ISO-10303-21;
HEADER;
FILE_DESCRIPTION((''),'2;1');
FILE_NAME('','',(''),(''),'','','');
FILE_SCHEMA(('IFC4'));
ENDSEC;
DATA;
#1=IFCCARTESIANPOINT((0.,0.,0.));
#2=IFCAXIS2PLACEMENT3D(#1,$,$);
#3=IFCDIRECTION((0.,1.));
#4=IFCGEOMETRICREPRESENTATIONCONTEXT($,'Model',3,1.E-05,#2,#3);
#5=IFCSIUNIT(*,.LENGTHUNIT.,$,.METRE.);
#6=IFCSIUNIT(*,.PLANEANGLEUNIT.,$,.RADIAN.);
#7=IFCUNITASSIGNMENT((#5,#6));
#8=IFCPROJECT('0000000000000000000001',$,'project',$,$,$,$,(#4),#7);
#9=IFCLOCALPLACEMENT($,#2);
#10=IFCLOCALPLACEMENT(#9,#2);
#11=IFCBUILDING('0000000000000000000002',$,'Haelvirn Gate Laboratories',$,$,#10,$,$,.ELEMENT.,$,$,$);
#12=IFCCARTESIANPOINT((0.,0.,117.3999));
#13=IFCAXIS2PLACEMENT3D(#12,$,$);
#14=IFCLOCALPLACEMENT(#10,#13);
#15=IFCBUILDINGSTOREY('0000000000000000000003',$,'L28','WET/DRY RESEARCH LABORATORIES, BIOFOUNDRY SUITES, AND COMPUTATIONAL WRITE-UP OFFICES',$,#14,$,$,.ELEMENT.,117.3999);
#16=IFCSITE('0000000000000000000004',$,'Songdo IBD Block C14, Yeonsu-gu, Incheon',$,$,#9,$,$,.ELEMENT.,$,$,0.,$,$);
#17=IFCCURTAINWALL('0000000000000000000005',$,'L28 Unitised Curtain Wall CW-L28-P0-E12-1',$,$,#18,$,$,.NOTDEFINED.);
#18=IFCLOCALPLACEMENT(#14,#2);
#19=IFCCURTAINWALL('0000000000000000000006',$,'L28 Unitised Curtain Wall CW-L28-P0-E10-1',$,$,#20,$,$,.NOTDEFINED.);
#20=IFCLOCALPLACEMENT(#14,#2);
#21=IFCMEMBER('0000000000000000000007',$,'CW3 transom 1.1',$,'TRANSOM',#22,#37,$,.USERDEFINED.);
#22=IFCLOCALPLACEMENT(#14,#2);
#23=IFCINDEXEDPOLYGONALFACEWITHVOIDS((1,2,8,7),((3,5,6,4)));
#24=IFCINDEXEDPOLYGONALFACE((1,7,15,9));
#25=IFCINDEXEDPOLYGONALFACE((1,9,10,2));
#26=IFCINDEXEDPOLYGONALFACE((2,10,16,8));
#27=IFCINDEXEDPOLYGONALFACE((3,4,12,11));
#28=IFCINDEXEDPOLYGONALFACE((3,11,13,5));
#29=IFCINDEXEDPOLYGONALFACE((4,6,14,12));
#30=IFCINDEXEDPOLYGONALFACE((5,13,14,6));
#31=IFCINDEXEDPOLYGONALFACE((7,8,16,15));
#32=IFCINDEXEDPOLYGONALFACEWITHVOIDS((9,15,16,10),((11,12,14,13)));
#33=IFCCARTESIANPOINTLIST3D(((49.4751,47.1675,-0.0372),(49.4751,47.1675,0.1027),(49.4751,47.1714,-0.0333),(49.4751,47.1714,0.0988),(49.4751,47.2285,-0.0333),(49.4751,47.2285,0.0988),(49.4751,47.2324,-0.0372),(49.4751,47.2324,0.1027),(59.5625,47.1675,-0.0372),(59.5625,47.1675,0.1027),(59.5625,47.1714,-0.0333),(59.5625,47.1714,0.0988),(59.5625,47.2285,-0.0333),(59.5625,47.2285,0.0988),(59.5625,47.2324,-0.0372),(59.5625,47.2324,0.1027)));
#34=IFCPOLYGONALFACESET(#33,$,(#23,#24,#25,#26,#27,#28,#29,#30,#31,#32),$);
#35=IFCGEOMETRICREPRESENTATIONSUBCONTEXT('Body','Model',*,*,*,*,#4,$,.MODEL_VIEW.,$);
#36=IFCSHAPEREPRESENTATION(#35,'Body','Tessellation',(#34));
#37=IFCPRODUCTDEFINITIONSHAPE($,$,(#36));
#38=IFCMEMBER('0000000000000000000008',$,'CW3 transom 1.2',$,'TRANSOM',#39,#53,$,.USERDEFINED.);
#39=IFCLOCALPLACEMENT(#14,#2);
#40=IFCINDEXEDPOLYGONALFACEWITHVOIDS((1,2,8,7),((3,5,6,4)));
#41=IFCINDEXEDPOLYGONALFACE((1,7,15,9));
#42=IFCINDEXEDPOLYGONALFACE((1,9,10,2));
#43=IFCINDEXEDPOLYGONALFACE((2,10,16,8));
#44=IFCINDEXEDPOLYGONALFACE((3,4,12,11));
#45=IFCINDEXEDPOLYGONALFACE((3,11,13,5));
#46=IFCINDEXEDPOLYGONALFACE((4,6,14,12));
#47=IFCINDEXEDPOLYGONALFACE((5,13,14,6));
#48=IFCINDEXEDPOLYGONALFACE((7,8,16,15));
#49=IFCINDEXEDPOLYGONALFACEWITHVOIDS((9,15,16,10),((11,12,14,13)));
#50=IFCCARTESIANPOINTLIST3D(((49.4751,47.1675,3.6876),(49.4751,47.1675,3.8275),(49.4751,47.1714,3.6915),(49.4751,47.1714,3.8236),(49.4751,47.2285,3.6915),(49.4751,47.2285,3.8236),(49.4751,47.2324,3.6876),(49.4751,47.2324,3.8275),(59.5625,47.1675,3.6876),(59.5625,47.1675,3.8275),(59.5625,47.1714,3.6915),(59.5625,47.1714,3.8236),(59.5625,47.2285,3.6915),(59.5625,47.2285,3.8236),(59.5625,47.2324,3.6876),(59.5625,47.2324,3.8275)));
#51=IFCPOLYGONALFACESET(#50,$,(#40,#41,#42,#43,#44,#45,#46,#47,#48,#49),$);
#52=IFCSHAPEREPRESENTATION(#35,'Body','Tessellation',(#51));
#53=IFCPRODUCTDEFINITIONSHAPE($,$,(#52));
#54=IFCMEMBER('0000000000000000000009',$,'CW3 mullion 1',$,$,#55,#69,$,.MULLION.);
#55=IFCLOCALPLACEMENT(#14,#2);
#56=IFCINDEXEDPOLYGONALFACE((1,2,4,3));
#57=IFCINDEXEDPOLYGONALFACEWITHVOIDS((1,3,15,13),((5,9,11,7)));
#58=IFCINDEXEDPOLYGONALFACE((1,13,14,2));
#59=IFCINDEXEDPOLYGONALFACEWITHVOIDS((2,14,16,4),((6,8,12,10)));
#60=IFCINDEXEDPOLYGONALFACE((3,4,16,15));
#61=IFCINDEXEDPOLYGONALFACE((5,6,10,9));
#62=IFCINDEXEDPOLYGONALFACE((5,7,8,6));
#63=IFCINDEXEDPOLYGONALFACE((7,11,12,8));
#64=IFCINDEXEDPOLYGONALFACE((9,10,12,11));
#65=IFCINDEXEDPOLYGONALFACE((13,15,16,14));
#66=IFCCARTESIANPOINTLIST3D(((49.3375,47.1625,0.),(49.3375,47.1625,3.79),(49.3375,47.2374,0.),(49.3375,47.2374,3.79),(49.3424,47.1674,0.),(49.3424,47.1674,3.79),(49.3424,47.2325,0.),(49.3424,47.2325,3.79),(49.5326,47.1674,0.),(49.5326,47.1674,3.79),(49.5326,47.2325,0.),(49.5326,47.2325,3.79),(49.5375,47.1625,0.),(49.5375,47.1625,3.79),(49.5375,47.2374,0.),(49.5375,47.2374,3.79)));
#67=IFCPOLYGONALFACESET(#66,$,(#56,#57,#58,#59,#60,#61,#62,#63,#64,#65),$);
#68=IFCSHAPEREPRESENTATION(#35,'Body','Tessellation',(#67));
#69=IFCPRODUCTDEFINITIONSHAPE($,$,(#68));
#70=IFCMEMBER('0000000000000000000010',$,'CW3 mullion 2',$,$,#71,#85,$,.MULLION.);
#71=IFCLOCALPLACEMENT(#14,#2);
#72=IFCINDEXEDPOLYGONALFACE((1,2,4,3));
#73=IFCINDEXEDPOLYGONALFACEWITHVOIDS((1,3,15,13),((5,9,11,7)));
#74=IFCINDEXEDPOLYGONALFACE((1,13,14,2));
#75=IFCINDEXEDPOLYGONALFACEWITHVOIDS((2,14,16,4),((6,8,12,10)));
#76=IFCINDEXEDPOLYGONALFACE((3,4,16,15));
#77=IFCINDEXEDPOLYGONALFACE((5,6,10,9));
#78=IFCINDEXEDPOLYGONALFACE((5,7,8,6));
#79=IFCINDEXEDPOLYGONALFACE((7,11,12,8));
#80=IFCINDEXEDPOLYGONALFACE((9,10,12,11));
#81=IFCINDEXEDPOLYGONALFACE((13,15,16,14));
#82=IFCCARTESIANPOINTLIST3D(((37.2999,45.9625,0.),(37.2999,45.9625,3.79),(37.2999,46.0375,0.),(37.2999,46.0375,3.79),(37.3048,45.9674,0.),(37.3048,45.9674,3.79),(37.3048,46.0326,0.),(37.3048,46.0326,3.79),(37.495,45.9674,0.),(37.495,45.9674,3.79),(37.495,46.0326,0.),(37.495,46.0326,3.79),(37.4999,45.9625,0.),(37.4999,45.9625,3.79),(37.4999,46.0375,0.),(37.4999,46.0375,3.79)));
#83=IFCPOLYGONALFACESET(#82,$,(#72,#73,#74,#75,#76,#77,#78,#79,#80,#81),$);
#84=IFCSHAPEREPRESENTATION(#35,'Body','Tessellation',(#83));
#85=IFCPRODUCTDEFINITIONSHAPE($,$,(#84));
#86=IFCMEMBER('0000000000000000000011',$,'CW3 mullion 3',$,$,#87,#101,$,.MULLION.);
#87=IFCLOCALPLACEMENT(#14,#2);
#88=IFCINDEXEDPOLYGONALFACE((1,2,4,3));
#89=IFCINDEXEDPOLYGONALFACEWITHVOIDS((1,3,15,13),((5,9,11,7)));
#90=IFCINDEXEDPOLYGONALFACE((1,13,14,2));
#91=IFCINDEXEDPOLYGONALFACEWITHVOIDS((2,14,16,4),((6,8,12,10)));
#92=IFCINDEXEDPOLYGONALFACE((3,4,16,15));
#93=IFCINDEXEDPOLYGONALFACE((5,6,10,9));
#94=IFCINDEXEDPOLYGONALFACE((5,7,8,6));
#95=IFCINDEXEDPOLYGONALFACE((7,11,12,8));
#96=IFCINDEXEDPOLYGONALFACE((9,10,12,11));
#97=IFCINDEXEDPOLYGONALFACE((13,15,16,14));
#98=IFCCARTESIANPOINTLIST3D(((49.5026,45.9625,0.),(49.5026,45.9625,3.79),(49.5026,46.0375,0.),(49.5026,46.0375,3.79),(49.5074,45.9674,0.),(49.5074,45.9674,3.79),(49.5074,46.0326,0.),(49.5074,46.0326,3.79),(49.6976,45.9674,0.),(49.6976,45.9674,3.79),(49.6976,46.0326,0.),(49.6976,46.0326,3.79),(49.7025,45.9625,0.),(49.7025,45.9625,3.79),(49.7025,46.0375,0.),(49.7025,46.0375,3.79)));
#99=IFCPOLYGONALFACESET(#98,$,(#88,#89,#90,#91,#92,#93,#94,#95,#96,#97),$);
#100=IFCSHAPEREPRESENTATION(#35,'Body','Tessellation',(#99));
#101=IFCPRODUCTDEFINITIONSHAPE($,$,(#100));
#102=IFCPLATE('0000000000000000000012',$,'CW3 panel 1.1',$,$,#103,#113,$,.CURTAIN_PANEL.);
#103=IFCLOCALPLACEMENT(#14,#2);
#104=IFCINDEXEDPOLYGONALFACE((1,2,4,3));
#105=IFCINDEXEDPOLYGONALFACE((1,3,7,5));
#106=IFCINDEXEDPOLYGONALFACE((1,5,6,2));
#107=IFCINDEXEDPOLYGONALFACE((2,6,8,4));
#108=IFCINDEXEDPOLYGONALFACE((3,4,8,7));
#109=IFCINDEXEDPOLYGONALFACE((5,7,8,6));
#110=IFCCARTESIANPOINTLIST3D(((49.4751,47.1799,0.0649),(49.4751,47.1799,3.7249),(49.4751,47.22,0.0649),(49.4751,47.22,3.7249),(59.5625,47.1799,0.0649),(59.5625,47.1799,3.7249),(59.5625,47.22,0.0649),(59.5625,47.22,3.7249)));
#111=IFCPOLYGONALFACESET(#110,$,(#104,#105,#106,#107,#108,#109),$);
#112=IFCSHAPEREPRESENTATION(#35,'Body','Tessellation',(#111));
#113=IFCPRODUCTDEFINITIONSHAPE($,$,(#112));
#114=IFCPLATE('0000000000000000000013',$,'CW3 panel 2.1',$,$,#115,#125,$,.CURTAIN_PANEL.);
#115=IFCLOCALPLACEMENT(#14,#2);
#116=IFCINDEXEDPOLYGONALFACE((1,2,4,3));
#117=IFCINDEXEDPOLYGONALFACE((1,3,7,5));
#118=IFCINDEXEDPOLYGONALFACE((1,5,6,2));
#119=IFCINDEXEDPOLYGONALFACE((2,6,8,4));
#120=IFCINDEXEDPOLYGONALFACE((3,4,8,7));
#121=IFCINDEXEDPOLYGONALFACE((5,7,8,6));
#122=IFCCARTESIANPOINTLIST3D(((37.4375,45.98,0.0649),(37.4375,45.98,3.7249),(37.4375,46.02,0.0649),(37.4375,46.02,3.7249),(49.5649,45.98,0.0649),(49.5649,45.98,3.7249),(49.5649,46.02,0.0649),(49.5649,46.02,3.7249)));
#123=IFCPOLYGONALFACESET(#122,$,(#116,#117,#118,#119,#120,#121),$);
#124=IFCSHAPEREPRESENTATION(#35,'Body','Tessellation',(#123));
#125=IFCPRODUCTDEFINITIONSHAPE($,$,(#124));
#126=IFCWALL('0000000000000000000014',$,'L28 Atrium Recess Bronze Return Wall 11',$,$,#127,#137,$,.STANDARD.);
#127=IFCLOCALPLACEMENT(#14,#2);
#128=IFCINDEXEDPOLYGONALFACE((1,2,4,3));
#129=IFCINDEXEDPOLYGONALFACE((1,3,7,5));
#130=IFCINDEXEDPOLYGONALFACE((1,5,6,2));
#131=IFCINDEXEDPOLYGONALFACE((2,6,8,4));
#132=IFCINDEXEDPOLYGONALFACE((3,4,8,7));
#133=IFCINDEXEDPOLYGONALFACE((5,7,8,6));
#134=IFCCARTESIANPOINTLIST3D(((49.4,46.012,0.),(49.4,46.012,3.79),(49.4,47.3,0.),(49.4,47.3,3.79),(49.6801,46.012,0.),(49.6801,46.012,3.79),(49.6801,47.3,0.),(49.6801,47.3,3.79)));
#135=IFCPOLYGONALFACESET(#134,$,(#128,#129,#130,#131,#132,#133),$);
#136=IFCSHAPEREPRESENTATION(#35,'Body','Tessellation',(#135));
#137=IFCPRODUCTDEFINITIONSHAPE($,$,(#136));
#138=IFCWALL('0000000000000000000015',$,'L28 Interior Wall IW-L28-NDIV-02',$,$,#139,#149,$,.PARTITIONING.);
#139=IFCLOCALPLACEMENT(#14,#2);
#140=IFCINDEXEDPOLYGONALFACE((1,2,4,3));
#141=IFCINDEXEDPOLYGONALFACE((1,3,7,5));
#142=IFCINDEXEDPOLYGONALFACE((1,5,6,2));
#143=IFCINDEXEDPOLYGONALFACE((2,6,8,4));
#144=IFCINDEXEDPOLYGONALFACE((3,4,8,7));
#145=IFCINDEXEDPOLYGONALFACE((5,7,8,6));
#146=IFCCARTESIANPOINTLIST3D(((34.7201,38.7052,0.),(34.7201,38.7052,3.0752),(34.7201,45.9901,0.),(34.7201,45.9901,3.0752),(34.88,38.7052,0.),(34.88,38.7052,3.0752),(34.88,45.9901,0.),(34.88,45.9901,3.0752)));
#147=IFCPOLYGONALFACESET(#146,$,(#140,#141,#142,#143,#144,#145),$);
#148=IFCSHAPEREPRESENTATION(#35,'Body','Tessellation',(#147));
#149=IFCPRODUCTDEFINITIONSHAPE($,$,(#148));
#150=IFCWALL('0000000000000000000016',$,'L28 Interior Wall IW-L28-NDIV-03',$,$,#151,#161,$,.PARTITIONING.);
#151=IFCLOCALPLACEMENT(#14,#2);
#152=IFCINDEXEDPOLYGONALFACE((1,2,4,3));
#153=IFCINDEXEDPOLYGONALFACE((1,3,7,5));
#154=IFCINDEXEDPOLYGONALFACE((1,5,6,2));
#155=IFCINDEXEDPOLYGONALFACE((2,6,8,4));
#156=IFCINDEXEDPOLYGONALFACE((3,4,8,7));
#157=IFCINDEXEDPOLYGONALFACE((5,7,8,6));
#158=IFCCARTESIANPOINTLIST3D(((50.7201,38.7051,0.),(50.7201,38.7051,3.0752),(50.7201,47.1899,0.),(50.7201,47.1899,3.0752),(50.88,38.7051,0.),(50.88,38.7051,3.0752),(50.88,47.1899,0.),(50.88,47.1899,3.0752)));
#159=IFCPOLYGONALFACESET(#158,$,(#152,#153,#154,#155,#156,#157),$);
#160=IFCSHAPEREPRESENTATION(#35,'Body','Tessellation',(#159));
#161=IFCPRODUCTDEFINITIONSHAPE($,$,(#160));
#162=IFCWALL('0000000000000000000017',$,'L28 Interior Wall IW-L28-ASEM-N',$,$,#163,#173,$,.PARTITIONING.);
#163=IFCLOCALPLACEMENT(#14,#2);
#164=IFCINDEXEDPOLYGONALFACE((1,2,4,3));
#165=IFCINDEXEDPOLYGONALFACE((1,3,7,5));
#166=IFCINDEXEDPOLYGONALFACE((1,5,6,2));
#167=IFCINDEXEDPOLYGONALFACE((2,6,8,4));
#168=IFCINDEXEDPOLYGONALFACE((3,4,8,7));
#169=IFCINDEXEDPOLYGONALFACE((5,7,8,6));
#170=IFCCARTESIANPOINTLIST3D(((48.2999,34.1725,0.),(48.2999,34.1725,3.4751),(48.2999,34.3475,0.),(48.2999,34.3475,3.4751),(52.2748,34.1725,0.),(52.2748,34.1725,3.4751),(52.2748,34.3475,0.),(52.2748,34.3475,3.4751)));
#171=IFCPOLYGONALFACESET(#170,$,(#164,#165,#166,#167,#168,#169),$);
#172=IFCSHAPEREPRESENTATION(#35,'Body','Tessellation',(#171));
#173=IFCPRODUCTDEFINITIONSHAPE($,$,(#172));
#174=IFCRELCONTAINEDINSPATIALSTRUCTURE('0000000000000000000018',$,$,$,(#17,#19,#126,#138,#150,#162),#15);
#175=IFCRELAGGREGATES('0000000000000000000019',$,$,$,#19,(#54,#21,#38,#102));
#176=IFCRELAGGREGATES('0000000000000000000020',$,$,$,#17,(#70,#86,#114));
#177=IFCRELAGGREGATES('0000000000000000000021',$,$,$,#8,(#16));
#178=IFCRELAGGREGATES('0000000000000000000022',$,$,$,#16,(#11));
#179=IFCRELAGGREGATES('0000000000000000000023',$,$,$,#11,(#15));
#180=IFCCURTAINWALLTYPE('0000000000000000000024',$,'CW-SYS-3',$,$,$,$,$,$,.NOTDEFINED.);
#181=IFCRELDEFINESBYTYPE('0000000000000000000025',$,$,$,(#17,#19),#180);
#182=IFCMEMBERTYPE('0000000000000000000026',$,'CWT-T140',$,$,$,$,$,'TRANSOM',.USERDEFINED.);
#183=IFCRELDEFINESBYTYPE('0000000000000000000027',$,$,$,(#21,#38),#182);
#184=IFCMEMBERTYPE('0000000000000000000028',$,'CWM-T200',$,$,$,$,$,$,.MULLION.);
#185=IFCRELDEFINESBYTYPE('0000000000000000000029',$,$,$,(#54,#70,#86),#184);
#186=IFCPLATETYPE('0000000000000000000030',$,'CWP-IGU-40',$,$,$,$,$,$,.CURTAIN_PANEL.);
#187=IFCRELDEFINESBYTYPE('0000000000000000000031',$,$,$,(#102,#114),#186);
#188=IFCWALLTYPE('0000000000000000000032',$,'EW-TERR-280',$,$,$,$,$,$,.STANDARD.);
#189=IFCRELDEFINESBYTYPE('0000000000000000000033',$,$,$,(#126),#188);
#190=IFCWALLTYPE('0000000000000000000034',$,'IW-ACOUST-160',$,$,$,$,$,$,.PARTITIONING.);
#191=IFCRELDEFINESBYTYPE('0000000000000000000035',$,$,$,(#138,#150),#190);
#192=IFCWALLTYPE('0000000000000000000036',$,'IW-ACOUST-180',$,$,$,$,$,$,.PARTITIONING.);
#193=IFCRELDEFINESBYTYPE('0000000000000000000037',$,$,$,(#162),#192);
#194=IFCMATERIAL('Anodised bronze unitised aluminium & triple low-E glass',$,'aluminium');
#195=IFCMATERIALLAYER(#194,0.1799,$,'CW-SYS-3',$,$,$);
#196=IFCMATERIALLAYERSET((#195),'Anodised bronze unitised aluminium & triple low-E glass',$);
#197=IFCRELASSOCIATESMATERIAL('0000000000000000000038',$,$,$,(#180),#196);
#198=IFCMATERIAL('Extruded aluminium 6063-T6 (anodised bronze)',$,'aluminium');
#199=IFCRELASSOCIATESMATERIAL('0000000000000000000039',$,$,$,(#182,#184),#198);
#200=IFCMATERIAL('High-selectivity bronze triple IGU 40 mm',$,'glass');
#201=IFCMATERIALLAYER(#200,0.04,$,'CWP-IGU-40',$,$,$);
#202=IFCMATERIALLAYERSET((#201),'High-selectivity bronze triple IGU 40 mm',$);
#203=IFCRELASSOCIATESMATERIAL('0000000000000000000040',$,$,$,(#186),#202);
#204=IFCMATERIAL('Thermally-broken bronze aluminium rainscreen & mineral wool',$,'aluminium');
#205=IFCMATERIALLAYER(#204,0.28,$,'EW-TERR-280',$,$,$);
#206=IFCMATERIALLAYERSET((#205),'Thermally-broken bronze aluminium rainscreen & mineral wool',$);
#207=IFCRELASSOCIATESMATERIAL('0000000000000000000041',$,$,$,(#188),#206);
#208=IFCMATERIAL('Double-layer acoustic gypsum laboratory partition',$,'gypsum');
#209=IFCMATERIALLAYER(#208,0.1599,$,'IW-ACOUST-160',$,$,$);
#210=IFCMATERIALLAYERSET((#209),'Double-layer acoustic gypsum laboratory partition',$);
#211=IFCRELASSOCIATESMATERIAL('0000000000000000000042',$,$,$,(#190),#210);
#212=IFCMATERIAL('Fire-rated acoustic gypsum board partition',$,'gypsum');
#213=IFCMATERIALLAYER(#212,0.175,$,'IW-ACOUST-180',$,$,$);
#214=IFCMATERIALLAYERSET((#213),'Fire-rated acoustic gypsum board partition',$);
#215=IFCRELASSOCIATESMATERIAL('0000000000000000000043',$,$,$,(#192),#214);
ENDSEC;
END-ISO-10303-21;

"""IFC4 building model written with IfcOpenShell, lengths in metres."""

from ifc_helpers import new_model, si_unit, direction, frame, frame_2d, origin, origin_2d, place, context, subcontext, project, spatial, rectangle, hollow_rectangle, extrude, source, transform, mapped, material, layer, layer_set, material_profile, profile_set, type_object, type_shapes, element, aggregate, save


model = new_model("IFC4")

# Units and contexts
model_context = context("Model", 3, precision=1e-05, world=origin(), true_north=direction((0.0, 1.0)))
body_context = subcontext(model_context, "Body", "Model", "MODEL_VIEW")
ifc_project = project(units=[si_unit("LENGTHUNIT", "METRE"), si_unit("PLANEANGLEUNIT", "RADIAN")], contexts=[model_context])

# Site, building, storey
site_placement = place(None, origin())
site = spatial("IfcSite", under=ifc_project, at=site_placement, Name="Songdo IBD Block C14, Yeonsu-gu, Incheon", CompositionType="ELEMENT", RefElevation=0.0)
building_placement = place(site_placement, origin())
building = spatial("IfcBuilding", under=site, at=building_placement, Name="Haelvirn Gate Laboratories", CompositionType="ELEMENT")
storey_placement = place(building_placement, frame((0.0, 0.0, 117.3999)))
storey = spatial("IfcBuildingStorey", under=building, at=storey_placement, Name="L28", Description="WET/DRY RESEARCH LABORATORIES, BIOFOUNDRY SUITES, AND COMPUTATIONAL WRITE-UP OFFICES", CompositionType="ELEMENT", Elevation=117.3999)

# Curtain walls, members
ifc_material_1 = material(Name="Anodised bronze unitised aluminium & triple low-E glass", Category="aluminium")
ifc_layer_1 = layer(ifc_material_1, 0.1799, Name="CW-SYS-3")
ifc_layer_set_1 = layer_set([ifc_layer_1], Name="Anodised bronze unitised aluminium & triple low-E glass")
curtain_wall_type = type_object("IfcCurtainWallType", Name="CW-SYS-3", PredefinedType="NOTDEFINED", material=ifc_layer_set_1)
curtain_wall_1_placement = place(storey_placement, origin())
curtain_wall_1 = element("IfcCurtainWall", 1, at=curtain_wall_1_placement, inside=storey, type_object=curtain_wall_type, Name="L28 Unitised Curtain Wall CW-L28-P0-E12-1", PredefinedType="NOTDEFINED")
ifc_material_2 = material(Name="Extruded aluminium 6063-T6 (anodised bronze)", Category="aluminium")
ifc_material_profile_1 = material_profile(ifc_material_2, hollow_rectangle(XDim=0.0649, YDim=0.1399, WallThickness=0.0039, at=origin_2d()), Name="CWT-140x65x4")
ifc_profile_set_1 = profile_set([ifc_material_profile_1], Name="Extruded aluminium 6063-T6 (anodised bronze)")
member_type_1 = type_object("IfcMemberType", Name="CWT-T140", ElementType="TRANSOM", PredefinedType="USERDEFINED", material=ifc_profile_set_1)
curtain_wall_2_placement = place(storey_placement, origin())
curtain_wall_2 = element("IfcCurtainWall", 2, at=curtain_wall_2_placement, inside=storey, type_object=curtain_wall_type, Name="L28 Unitised Curtain Wall CW-L28-P0-E10-1", PredefinedType="NOTDEFINED")
shared_shape_1 = source(origin(), body_context, "Body", "SweptSolid", [
    extrude(hollow_rectangle(XDim=0.0649, YDim=0.1399, WallThickness=0.0039, at=origin_2d()), origin(), (0.0, 0.0, 1.0), 10.0874),
])
member_1_placement = place(storey_placement, frame((49.4751, 47.2, 0.0327), z_axis=(1.0, 0.0, 0.0), x_axis=(0.0, 1.0, 0.0)))
member_1 = element("IfcMember", 3, at=member_1_placement, type_object=member_type_1, Name="CW3 transom 1.1", ObjectType="TRANSOM", PredefinedType="USERDEFINED", context=body_context, shape_type="MappedRepresentation", body=[
    mapped(shared_shape_1, transform((0.0, 0.0, 0.0), scale=1.0)),
])
member_2_placement = place(storey_placement, frame((49.4751, 47.2, 3.7576), z_axis=(1.0, 0.0, 0.0), x_axis=(0.0, 1.0, 0.0)))
member_2 = element("IfcMember", 4, at=member_2_placement, type_object=member_type_1, Name="CW3 transom 1.2", ObjectType="TRANSOM", PredefinedType="USERDEFINED", context=body_context, shape_type="MappedRepresentation", body=[
    mapped(shared_shape_1, transform((0.0, 0.0, 0.0), scale=1.0)),
])
ifc_material_profile_2 = material_profile(ifc_material_2, hollow_rectangle(XDim=0.075, YDim=0.2, WallThickness=0.0049, at=origin_2d()), Name="CWM-200x75x5")
ifc_profile_set_2 = profile_set([ifc_material_profile_2], Name="Extruded aluminium 6063-T6 (anodised bronze)")
member_type_2 = type_object("IfcMemberType", Name="CWM-T200", PredefinedType="MULLION", material=ifc_profile_set_2)
shared_shape_2 = source(origin(), body_context, "Body", "SweptSolid", [
    extrude(hollow_rectangle(XDim=0.075, YDim=0.2, WallThickness=0.0049, at=origin_2d()), origin(), (0.0, 0.0, 1.0), 3.79),
])
type_shapes(member_type_2, [shared_shape_2])
member_3_placement = place(storey_placement, frame((49.4375, 47.2, 0.0), z_axis=(0.0, 0.0, 1.0), x_axis=(0.0, 1.0, 0.0)))
member_3 = element("IfcMember", 5, at=member_3_placement, type_object=member_type_2, Name="CW3 mullion 1", PredefinedType="MULLION", context=body_context, shape_type="MappedRepresentation", body=[
    mapped(shared_shape_2, transform((0.0, 0.0, 0.0), scale=1.0)),
])

# Members
member_4_placement = place(storey_placement, frame((37.3999, 46.0, 0.0), z_axis=(0.0, 0.0, 1.0), x_axis=(0.0, 1.0, 0.0)))
member_4 = element("IfcMember", 6, at=member_4_placement, type_object=member_type_2, Name="CW3 mullion 2", PredefinedType="MULLION", context=body_context, shape_type="MappedRepresentation", body=[
    mapped(shared_shape_2, transform((0.0, 0.0, 0.0), scale=1.0)),
])
member_5_placement = place(storey_placement, frame((49.6025, 46.0, 0.0), z_axis=(0.0, 0.0, 1.0), x_axis=(0.0, 1.0, 0.0)))
member_5 = element("IfcMember", 7, at=member_5_placement, type_object=member_type_2, Name="CW3 mullion 3", PredefinedType="MULLION", context=body_context, shape_type="MappedRepresentation", body=[
    mapped(shared_shape_2, transform((0.0, 0.0, 0.0), scale=1.0)),
])

# Plates
ifc_material_3 = material(Name="High-selectivity bronze triple IGU 40 mm", Category="glass")
ifc_layer_2 = layer(ifc_material_3, 0.04, Name="CWP-IGU-40")
ifc_layer_set_2 = layer_set([ifc_layer_2], Name="High-selectivity bronze triple IGU 40 mm")
plate_type = type_object("IfcPlateType", Name="CWP-IGU-40", PredefinedType="CURTAIN_PANEL", material=ifc_layer_set_2)
shared_shape_3 = source(origin(), body_context, "Body", "SweptSolid", [
    extrude(rectangle(XDim=10.0874, YDim=0.04, at=origin_2d()), origin(), (0.0, 0.0, 1.0), 3.6599),
])
plate_1_placement = place(storey_placement, frame((54.5188, 47.2, 0.0649), z_axis=(0.0, 0.0, 1.0), x_axis=(1.0, 0.0, 0.0)))
plate_1 = element("IfcPlate", 8, at=plate_1_placement, type_object=plate_type, Name="CW3 panel 1.1", PredefinedType="CURTAIN_PANEL", context=body_context, shape_type="MappedRepresentation", body=[
    mapped(shared_shape_3, transform((0.0, 0.0, 0.0), scale=1.0)),
])
aggregate(curtain_wall_2, [member_3, member_1, member_2, plate_1])
shared_shape_4 = source(origin(), body_context, "Body", "SweptSolid", [
    extrude(rectangle(XDim=12.1274, YDim=0.04, at=origin_2d()), origin(), (0.0, 0.0, 1.0), 3.6599),
])
type_shapes(plate_type, [shared_shape_3, shared_shape_4])
plate_2_placement = place(storey_placement, frame((43.5012, 46.0, 0.0649), z_axis=(0.0, 0.0, 1.0), x_axis=(1.0, 0.0, 0.0)))
plate_2 = element("IfcPlate", 9, at=plate_2_placement, type_object=plate_type, Name="CW3 panel 2.1", PredefinedType="CURTAIN_PANEL", context=body_context, shape_type="MappedRepresentation", body=[
    mapped(shared_shape_4, transform((0.0, 0.0, 0.0), scale=1.0)),
])
aggregate(curtain_wall_1, [member_4, member_5, plate_2])

# Walls
ifc_material_4 = material(Name="Thermally-broken bronze aluminium rainscreen & mineral wool", Category="aluminium")
ifc_layer_3 = layer(ifc_material_4, 0.28, Name="EW-TERR-280")
ifc_layer_set_3 = layer_set([ifc_layer_3], Name="Thermally-broken bronze aluminium rainscreen & mineral wool")
wall_type_1 = type_object("IfcWallType", Name="EW-TERR-280", PredefinedType="STANDARD", material=ifc_layer_set_3)
wall_1_placement = place(storey_placement, frame((49.54, 47.3, 0.0), z_axis=(0.0, 0.0, 1.0), x_axis=(0.0, -1.0, 0.0)))
element("IfcWall", 10, at=wall_1_placement, inside=storey, type_object=wall_type_1, Name="L28 Atrium Recess Bronze Return Wall 11", PredefinedType="STANDARD", context=body_context, shape_type="SweptSolid", body=[
    extrude(rectangle(XDim=1.2881, YDim=0.28, at=frame_2d((0.644, 0.0))), origin(), (0.0, 0.0, 1.0), 3.79),
])
ifc_material_5 = material(Name="Double-layer acoustic gypsum laboratory partition", Category="gypsum")
ifc_layer_4 = layer(ifc_material_5, 0.1599, Name="IW-ACOUST-160")
ifc_layer_set_4 = layer_set([ifc_layer_4], Name="Double-layer acoustic gypsum laboratory partition")
wall_type_2 = type_object("IfcWallType", Name="IW-ACOUST-160", PredefinedType="PARTITIONING", material=ifc_layer_set_4)
wall_2_placement = place(storey_placement, frame((34.8, 38.7051, 0.0), z_axis=(0.0, 0.0, 1.0), x_axis=(0.0, 1.0, 0.0)))
element("IfcWall", 11, at=wall_2_placement, inside=storey, type_object=wall_type_2, Name="L28 Interior Wall IW-L28-NDIV-02", PredefinedType="PARTITIONING", context=body_context, shape_type="SweptSolid", body=[
    extrude(rectangle(XDim=7.2849, YDim=0.1599, at=frame_2d((3.6426, 0.0))), origin(), (0.0, 0.0, 1.0), 3.0752),
])
wall_3_placement = place(storey_placement, frame((50.8, 38.7051, 0.0), z_axis=(0.0, 0.0, 1.0), x_axis=(0.0, 1.0, 0.0)))
element("IfcWall", 12, at=wall_3_placement, inside=storey, type_object=wall_type_2, Name="L28 Interior Wall IW-L28-NDIV-03", PredefinedType="PARTITIONING", context=body_context, shape_type="SweptSolid", body=[
    extrude(rectangle(XDim=8.4849, YDim=0.1599, at=frame_2d((4.2424, 0.0))), origin(), (0.0, 0.0, 1.0), 3.0752),
])
ifc_material_6 = material(Name="Fire-rated acoustic gypsum board partition", Category="gypsum")
ifc_layer_5 = layer(ifc_material_6, 0.175, Name="IW-ACOUST-180")
ifc_layer_set_5 = layer_set([ifc_layer_5], Name="Fire-rated acoustic gypsum board partition")
wall_type_3 = type_object("IfcWallType", Name="IW-ACOUST-180", PredefinedType="PARTITIONING", material=ifc_layer_set_5)
wall_4_placement = place(storey_placement, frame((48.3, 34.26, 0.0), z_axis=(0.0, 0.0, 1.0), x_axis=(1.0, 0.0, 0.0)))
element("IfcWall", 13, at=wall_4_placement, inside=storey, type_object=wall_type_3, Name="L28 Interior Wall IW-L28-ASEM-N", PredefinedType="PARTITIONING", context=body_context, shape_type="SweptSolid", body=[
    extrude(rectangle(XDim=3.9749, YDim=0.175, at=frame_2d((1.9873, 0.0))), origin(), (0.0, 0.0, 1.0), 3.4751),
])

save(model, "model.ifc")
